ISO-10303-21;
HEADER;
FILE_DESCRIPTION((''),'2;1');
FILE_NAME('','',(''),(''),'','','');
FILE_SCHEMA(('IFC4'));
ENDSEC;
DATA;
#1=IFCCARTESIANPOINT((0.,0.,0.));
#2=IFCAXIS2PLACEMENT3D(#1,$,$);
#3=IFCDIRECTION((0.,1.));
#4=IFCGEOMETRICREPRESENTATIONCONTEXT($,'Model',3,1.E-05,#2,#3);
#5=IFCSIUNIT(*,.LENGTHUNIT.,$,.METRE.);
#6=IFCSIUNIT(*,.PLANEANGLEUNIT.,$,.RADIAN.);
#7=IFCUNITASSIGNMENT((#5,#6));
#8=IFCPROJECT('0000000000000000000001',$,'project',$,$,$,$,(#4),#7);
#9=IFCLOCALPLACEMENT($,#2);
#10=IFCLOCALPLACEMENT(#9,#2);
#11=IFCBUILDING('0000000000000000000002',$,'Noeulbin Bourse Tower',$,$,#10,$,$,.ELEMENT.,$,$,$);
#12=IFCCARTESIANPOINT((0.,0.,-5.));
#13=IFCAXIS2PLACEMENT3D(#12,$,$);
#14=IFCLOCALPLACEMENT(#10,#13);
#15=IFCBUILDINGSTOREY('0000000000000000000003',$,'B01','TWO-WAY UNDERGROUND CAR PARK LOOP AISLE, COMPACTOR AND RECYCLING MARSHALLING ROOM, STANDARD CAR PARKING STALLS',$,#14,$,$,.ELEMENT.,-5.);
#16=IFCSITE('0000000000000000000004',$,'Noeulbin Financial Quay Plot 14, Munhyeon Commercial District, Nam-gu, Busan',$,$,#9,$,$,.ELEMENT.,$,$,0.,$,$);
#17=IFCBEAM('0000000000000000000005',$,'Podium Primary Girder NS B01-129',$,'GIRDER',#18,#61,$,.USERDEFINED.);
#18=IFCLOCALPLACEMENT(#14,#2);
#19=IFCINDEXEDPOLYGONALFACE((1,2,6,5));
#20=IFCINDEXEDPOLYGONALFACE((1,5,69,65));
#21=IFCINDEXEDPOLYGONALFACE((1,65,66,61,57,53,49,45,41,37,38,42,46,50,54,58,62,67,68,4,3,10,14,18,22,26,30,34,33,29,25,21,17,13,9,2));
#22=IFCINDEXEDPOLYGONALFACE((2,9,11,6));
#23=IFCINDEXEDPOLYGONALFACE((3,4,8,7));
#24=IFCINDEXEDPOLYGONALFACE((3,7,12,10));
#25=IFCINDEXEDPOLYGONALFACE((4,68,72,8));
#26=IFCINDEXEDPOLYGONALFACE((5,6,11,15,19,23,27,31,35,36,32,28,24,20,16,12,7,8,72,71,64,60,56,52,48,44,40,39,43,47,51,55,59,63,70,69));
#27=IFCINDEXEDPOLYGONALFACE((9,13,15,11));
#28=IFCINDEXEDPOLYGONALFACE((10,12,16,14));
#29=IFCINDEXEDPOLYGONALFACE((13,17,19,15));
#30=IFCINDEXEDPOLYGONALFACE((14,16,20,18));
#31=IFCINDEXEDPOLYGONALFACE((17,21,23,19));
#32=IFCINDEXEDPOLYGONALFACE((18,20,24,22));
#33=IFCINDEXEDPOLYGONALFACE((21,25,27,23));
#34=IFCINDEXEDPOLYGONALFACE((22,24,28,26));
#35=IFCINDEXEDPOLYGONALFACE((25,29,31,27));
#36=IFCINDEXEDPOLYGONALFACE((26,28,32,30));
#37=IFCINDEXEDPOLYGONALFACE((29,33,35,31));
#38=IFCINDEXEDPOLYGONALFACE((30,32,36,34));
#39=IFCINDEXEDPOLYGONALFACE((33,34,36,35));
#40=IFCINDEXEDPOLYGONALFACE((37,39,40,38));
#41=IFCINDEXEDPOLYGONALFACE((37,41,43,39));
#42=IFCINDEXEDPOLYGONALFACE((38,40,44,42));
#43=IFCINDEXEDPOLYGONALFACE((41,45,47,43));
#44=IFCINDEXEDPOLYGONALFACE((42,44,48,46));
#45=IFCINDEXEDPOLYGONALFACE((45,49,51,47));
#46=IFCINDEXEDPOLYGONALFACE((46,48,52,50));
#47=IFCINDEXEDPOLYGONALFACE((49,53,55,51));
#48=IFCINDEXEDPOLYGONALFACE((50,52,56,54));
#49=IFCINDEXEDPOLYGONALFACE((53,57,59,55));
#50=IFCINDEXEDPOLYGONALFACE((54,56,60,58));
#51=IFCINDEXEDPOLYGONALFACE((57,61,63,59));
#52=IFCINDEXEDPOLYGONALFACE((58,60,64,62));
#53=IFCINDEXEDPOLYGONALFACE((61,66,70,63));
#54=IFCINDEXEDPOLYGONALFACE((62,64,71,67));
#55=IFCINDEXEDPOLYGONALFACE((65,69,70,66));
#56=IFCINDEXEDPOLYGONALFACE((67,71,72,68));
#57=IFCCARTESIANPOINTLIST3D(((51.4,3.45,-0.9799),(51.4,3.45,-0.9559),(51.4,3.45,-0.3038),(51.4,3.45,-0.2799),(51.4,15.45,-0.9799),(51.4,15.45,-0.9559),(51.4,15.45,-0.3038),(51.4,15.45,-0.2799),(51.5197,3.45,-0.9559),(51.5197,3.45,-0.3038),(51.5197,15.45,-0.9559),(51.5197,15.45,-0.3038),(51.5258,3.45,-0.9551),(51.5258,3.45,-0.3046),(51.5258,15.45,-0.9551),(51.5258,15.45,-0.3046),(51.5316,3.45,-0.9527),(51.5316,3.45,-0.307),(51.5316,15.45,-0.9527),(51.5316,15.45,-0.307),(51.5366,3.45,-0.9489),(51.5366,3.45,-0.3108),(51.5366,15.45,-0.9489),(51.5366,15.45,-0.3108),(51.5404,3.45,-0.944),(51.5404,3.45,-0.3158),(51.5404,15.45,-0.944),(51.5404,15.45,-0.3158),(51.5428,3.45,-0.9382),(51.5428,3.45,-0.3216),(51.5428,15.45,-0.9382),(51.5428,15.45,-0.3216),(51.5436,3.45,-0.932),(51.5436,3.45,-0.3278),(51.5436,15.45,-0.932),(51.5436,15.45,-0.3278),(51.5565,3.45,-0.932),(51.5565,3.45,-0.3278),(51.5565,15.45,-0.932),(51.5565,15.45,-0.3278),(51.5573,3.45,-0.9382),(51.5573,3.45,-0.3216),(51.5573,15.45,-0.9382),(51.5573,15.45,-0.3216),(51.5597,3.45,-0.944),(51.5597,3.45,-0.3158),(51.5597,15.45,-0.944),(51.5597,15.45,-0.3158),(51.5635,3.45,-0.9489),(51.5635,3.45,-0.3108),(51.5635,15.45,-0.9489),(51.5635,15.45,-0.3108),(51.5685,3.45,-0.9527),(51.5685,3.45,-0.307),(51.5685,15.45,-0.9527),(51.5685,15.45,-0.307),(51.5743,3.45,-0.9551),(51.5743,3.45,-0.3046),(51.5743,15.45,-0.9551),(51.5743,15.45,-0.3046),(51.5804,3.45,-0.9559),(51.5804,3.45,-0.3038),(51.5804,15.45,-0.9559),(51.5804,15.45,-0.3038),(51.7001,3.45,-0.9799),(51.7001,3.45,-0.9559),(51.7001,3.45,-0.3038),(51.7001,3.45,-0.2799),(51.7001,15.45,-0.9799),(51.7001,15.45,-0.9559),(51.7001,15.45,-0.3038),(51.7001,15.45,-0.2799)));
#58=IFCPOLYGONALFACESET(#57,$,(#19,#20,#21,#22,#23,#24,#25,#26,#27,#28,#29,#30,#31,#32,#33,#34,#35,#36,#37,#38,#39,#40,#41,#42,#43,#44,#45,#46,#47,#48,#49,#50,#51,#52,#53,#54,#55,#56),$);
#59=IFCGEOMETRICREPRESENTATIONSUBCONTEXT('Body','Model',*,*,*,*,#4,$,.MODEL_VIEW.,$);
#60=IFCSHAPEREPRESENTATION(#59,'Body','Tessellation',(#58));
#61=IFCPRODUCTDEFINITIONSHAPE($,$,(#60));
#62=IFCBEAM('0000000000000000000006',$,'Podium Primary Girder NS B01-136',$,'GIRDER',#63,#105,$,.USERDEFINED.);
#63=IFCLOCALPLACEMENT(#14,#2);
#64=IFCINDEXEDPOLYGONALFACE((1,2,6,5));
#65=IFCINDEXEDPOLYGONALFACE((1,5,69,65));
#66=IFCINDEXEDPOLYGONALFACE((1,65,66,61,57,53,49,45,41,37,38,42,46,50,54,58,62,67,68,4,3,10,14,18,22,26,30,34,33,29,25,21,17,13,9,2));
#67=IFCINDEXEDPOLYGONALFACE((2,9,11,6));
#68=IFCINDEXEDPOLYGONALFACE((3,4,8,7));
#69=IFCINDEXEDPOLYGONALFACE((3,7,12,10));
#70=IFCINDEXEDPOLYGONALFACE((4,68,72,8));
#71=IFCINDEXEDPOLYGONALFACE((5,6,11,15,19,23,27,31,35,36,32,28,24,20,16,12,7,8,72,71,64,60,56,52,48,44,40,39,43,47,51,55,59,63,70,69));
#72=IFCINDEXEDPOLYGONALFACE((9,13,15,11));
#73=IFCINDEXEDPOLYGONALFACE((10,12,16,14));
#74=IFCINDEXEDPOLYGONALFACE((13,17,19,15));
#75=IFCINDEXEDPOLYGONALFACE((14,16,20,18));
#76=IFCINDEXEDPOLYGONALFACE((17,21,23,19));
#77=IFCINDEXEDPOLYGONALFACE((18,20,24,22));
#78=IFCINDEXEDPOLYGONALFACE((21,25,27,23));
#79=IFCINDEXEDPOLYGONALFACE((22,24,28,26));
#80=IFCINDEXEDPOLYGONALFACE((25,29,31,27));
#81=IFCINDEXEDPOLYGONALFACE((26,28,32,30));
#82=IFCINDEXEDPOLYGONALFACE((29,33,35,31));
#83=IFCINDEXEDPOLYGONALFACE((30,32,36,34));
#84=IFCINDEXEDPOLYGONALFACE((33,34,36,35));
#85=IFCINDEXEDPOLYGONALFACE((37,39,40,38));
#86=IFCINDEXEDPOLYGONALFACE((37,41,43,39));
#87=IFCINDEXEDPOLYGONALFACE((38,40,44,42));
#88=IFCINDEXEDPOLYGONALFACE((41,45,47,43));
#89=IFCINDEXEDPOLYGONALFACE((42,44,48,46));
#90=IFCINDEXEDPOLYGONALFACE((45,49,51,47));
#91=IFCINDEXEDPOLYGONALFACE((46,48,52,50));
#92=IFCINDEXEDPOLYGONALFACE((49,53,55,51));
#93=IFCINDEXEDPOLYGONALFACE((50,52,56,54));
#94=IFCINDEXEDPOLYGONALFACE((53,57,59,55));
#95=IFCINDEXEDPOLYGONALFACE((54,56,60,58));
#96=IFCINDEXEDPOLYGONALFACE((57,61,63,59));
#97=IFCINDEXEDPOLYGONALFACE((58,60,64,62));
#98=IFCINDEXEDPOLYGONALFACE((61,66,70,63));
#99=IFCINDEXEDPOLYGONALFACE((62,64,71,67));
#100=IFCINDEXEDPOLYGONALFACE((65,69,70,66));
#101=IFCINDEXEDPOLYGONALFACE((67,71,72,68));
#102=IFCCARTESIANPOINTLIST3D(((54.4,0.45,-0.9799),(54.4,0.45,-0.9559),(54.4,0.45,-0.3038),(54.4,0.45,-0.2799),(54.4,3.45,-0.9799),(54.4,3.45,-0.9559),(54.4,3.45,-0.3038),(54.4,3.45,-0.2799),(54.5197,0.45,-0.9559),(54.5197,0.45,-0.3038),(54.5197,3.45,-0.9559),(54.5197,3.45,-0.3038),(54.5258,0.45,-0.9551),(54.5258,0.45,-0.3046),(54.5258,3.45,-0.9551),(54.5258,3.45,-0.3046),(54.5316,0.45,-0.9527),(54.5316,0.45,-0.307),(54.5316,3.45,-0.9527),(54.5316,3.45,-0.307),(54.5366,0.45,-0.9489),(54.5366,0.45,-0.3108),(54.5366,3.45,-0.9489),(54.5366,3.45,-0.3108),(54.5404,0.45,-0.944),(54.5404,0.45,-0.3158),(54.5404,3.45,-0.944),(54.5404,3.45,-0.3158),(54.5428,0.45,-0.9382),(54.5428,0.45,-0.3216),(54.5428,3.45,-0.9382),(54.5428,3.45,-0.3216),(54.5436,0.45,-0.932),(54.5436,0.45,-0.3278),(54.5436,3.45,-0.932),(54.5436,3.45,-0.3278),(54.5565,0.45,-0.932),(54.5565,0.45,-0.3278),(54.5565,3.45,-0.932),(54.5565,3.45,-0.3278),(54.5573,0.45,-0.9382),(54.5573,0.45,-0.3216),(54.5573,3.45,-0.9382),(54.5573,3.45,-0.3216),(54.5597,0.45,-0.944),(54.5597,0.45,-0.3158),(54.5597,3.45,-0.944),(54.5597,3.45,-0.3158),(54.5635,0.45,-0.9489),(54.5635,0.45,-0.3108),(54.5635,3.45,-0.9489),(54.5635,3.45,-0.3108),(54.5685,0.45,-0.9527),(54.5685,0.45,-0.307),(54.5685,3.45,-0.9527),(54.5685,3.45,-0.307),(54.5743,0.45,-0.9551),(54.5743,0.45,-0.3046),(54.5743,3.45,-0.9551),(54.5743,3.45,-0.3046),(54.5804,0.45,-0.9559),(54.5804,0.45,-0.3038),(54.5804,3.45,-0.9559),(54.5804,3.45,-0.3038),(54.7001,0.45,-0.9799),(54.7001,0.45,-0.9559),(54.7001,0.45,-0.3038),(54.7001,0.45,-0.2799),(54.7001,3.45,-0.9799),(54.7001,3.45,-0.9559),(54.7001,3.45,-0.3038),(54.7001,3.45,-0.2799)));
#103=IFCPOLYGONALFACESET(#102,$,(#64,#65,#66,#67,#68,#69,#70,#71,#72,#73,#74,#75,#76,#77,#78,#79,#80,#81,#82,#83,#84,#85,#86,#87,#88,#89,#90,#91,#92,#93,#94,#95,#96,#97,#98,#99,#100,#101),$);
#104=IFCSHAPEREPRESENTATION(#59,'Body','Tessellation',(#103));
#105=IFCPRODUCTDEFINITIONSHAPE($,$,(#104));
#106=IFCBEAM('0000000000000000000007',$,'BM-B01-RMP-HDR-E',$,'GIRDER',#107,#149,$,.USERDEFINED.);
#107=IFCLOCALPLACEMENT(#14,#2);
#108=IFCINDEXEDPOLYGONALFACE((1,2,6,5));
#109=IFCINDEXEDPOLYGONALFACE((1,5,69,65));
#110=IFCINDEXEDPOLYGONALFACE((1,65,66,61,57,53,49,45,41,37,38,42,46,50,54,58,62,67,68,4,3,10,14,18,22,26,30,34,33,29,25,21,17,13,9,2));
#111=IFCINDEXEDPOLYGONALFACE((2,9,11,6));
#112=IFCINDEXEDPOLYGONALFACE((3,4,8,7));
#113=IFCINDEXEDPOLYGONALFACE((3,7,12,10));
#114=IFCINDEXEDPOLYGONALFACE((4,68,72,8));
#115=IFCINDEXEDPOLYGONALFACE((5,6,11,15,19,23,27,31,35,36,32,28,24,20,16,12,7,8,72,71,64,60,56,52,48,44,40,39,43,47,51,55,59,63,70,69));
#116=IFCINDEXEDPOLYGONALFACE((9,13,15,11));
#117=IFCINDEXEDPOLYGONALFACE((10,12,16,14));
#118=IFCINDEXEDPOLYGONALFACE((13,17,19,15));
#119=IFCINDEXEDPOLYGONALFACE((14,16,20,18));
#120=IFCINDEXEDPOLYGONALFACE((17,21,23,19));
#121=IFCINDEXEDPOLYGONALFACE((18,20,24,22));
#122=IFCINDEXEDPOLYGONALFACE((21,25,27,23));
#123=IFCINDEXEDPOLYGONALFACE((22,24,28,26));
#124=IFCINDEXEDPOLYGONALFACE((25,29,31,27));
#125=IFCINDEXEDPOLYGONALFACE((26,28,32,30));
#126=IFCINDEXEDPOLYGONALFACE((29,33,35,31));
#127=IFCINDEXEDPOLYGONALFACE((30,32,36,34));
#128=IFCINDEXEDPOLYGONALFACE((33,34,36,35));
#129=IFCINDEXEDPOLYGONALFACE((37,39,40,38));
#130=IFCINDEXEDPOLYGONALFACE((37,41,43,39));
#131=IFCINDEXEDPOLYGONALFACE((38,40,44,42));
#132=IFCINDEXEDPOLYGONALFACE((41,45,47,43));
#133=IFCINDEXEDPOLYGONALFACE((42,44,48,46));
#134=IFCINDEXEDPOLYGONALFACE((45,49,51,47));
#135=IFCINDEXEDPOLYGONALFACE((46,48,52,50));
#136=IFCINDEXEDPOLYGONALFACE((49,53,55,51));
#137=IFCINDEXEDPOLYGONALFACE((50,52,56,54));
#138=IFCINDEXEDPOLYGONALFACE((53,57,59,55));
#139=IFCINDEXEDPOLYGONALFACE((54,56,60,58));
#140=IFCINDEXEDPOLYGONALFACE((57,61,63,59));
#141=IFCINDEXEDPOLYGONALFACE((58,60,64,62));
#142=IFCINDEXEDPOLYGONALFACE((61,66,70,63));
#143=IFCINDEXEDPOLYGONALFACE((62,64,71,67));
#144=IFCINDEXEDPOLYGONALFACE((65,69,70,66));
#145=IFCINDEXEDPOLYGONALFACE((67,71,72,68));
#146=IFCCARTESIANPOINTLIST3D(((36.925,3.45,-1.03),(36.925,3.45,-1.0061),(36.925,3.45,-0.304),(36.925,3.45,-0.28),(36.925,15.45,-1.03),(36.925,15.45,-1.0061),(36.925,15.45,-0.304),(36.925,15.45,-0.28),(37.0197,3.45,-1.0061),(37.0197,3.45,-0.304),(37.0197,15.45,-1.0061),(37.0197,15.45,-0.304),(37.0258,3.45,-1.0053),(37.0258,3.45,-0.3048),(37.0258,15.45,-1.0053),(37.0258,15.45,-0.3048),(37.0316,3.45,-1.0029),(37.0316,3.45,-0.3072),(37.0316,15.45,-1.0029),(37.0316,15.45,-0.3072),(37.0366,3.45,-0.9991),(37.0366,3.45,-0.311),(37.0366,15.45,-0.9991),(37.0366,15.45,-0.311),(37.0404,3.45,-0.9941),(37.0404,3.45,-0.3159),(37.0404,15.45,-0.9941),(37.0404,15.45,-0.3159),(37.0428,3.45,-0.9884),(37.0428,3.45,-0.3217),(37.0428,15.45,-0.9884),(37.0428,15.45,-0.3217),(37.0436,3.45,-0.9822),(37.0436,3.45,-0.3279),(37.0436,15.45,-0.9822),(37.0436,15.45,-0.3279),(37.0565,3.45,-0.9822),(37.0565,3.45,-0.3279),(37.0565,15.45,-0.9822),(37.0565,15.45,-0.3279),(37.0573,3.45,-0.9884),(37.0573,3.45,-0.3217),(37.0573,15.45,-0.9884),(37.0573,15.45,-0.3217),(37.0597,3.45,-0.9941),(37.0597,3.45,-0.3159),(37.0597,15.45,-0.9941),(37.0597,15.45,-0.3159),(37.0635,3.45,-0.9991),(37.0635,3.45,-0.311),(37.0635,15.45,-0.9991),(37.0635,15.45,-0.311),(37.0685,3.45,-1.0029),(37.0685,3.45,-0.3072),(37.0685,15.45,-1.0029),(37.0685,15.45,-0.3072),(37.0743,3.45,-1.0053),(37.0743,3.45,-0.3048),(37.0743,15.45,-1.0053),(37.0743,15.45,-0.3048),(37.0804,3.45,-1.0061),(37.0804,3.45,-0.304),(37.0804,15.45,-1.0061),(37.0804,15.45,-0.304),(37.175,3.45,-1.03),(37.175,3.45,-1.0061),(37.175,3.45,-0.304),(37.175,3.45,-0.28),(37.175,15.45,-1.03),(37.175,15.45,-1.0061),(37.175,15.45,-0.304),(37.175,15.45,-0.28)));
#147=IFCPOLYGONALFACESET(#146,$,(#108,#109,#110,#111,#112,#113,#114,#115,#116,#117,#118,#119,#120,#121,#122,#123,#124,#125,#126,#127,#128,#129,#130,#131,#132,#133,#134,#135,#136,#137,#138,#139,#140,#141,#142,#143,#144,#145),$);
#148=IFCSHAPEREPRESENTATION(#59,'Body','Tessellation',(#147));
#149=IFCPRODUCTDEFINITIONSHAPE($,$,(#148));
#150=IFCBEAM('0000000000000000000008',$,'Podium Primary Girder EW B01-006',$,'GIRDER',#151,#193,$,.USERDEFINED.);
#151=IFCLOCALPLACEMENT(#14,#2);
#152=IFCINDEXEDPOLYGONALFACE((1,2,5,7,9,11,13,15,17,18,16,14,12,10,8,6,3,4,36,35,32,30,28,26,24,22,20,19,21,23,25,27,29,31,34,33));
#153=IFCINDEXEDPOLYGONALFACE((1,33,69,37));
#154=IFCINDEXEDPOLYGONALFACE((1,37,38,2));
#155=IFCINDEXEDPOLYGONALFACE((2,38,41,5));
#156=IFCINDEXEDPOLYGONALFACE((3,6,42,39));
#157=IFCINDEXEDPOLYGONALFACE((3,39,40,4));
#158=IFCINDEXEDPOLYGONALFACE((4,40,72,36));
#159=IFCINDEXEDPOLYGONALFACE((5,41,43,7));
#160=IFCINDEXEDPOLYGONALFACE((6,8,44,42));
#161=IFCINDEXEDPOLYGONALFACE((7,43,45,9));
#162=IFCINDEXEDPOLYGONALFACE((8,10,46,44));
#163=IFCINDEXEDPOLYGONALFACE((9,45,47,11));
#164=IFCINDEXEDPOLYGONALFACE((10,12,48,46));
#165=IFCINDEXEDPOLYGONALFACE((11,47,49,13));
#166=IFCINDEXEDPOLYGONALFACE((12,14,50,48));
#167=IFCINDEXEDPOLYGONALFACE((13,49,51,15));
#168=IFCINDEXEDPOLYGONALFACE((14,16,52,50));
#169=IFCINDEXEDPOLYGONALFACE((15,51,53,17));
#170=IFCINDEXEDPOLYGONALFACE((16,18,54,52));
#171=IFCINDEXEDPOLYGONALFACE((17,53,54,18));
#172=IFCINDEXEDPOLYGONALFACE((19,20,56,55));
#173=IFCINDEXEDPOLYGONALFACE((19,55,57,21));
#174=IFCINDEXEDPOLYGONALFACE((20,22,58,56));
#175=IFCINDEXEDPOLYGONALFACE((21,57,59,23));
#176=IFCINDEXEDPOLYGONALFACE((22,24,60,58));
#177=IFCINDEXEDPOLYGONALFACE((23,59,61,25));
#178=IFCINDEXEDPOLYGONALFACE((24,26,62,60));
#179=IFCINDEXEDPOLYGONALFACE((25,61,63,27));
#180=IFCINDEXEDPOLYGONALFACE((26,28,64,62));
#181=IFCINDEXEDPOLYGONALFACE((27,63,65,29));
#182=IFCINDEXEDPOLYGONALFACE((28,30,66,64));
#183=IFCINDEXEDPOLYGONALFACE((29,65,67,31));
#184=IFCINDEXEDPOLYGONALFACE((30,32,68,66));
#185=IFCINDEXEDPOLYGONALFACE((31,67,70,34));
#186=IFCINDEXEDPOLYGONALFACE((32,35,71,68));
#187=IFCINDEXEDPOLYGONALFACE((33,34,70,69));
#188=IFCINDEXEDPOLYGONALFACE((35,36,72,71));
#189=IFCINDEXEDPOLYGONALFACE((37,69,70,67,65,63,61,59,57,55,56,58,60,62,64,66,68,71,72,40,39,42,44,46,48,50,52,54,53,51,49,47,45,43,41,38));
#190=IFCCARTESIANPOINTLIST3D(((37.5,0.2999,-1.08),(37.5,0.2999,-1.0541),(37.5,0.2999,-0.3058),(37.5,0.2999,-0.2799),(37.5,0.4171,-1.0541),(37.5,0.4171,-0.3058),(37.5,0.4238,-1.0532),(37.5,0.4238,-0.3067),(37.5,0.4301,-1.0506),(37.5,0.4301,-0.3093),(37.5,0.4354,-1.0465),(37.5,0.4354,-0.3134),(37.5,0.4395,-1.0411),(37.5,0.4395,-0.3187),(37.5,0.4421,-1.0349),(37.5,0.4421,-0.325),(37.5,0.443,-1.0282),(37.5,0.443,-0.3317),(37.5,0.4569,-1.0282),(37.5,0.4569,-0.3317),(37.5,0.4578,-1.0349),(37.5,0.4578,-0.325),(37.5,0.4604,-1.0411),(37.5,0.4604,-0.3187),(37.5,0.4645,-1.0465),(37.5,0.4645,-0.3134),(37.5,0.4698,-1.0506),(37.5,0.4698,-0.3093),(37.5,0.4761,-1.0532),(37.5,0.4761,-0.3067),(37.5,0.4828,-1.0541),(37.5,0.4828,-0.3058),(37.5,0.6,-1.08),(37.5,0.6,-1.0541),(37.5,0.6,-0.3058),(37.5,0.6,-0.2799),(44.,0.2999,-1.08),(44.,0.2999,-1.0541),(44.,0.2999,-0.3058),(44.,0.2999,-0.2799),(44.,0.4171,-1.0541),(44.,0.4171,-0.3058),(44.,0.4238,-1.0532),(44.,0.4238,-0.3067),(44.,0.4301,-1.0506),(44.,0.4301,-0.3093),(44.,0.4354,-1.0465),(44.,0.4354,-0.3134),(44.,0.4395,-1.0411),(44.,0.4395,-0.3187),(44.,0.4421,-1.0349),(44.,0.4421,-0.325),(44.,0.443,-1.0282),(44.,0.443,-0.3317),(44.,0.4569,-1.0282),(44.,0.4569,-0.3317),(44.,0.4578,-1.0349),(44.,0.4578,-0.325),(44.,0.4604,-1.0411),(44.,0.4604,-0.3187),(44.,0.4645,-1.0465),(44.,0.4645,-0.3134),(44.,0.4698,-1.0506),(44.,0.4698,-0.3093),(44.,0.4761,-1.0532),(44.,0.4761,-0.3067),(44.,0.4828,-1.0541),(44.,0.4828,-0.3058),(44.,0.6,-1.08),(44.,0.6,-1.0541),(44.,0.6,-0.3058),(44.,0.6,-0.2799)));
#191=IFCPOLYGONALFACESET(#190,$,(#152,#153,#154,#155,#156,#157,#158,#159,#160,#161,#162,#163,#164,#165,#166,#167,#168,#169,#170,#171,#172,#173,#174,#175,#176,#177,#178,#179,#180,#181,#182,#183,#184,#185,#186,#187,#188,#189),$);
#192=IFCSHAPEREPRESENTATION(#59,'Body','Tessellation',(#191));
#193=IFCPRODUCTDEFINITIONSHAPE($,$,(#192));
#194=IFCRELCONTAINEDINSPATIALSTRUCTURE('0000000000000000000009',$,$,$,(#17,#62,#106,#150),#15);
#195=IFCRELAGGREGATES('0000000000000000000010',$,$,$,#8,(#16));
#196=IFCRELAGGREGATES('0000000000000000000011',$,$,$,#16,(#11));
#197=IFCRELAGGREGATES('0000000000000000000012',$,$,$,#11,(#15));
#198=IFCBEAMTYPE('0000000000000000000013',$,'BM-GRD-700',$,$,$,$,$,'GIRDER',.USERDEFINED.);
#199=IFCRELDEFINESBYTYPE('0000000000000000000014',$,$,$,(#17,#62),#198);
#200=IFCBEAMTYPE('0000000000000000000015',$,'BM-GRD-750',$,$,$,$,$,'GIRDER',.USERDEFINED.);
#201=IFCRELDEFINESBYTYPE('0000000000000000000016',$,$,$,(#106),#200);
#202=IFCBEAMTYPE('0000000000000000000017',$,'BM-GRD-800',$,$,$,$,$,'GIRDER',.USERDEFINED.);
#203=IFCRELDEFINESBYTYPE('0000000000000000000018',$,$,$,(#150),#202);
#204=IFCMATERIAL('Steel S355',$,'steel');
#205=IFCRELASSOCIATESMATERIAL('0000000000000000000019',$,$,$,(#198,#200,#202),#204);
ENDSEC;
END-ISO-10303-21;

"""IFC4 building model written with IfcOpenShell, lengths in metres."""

from ifc_helpers import new_model, si_unit, direction, frame, origin, origin_2d, place, context, subcontext, project, spatial, i_section, extrude, material, material_profile, profile_set, type_object, element, save


model = new_model("IFC4")

# Units and contexts
model_context = context("Model", 3, precision=1e-05, world=origin(), true_north=direction((0.0, 1.0)))
body_context = subcontext(model_context, "Body", "Model", "MODEL_VIEW")
ifc_project = project(units=[si_unit("LENGTHUNIT", "METRE"), si_unit("PLANEANGLEUNIT", "RADIAN")], contexts=[model_context])

# Site, building, storey
site_placement = place(None, origin())
site = spatial("IfcSite", under=ifc_project, at=site_placement, Name="Noeulbin Financial Quay Plot 14, Munhyeon Commercial District, Nam-gu, Busan", CompositionType="ELEMENT", RefElevation=0.0)
building_placement = place(site_placement, origin())
building = spatial("IfcBuilding", under=site, at=building_placement, Name="Noeulbin Bourse Tower", CompositionType="ELEMENT")
storey_placement = place(building_placement, frame((0.0, 0.0, -5.0)))
storey = spatial("IfcBuildingStorey", under=building, at=storey_placement, Name="B01", Description="TWO-WAY UNDERGROUND CAR PARK LOOP AISLE, COMPACTOR AND RECYCLING MARSHALLING ROOM, STANDARD CAR PARKING STALLS", CompositionType="ELEMENT", Elevation=-5.0)

# Beams
ifc_material_1 = material(Name="Steel S355", Category="steel")
ifc_material_profile_1 = material_profile(ifc_material_1, i_section(OverallWidth=0.3, OverallDepth=0.7, WebThickness=0.0129, FlangeThickness=0.0239, FilletRadius=0.0239, at=origin_2d()), Name="H-700x300x13x24", Category="LoadBearing")
ifc_profile_set_1 = profile_set([ifc_material_profile_1], Name="Steel S355")
beam_type_1 = type_object("IfcBeamType", Name="BM-GRD-700", ElementType="GIRDER", PredefinedType="USERDEFINED", material=ifc_profile_set_1)
beam_1_placement = place(storey_placement, frame((51.55, 3.45, -0.6299), z_axis=(0.0, 1.0, 0.0), x_axis=(-1.0, 0.0, 0.0)))
element("IfcBeam", 1, at=beam_1_placement, inside=storey, type_object=beam_type_1, Name="Podium Primary Girder NS B01-129", ObjectType="GIRDER", PredefinedType="USERDEFINED", context=body_context, shape_type="SweptSolid", body=[
    extrude(i_section(OverallWidth=0.3, OverallDepth=0.7, WebThickness=0.0129, FlangeThickness=0.0239, FilletRadius=0.0239, at=origin_2d()), origin(), (0.0, 0.0, 1.0), 12.0),
])
beam_2_placement = place(storey_placement, frame((54.55, 0.45, -0.6299), z_axis=(0.0, 1.0, 0.0), x_axis=(-1.0, 0.0, 0.0)))
element("IfcBeam", 2, at=beam_2_placement, inside=storey, type_object=beam_type_1, Name="Podium Primary Girder NS B01-136", ObjectType="GIRDER", PredefinedType="USERDEFINED", context=body_context, shape_type="SweptSolid", body=[
    extrude(i_section(OverallWidth=0.3, OverallDepth=0.7, WebThickness=0.0129, FlangeThickness=0.0239, FilletRadius=0.0239, at=origin_2d()), origin(), (0.0, 0.0, 1.0), 3.0),
])
ifc_material_profile_2 = material_profile(ifc_material_1, i_section(OverallWidth=0.25, OverallDepth=0.75, WebThickness=0.0129, FlangeThickness=0.0239, FilletRadius=0.0239, at=origin_2d()), Name="H-750x250x13x24", Category="LoadBearing")
ifc_profile_set_2 = profile_set([ifc_material_profile_2], Name="Steel S355")
beam_type_2 = type_object("IfcBeamType", Name="BM-GRD-750", ElementType="GIRDER", PredefinedType="USERDEFINED", material=ifc_profile_set_2)
beam_3_placement = place(storey_placement, frame((37.05, 3.45, -0.655), z_axis=(0.0, 1.0, 0.0), x_axis=(-1.0, 0.0, 0.0)))
element("IfcBeam", 3, at=beam_3_placement, inside=storey, type_object=beam_type_2, Name="BM-B01-RMP-HDR-E", ObjectType="GIRDER", PredefinedType="USERDEFINED", context=body_context, shape_type="SweptSolid", body=[
    extrude(i_section(OverallWidth=0.25, OverallDepth=0.75, WebThickness=0.0129, FlangeThickness=0.0239, FilletRadius=0.0239, at=origin_2d()), origin(), (0.0, 0.0, 1.0), 12.0),
])
ifc_material_profile_3 = material_profile(ifc_material_1, i_section(OverallWidth=0.3, OverallDepth=0.8, WebThickness=0.0139, FlangeThickness=0.0259, FilletRadius=0.0259, at=origin_2d()), Name="H-800x300x14x26", Category="LoadBearing")
ifc_profile_set_3 = profile_set([ifc_material_profile_3], Name="Steel S355")
beam_type_3 = type_object("IfcBeamType", Name="BM-GRD-800", ElementType="GIRDER", PredefinedType="USERDEFINED", material=ifc_profile_set_3)
beam_4_placement = place(storey_placement, frame((37.5, 0.45, -0.6799), z_axis=(1.0, 0.0, 0.0), x_axis=(0.0, 1.0, 0.0)))
element("IfcBeam", 4, at=beam_4_placement, inside=storey, type_object=beam_type_3, Name="Podium Primary Girder EW B01-006", ObjectType="GIRDER", PredefinedType="USERDEFINED", context=body_context, shape_type="SweptSolid", body=[
    extrude(i_section(OverallWidth=0.3, OverallDepth=0.8, WebThickness=0.0139, FlangeThickness=0.0259, FilletRadius=0.0259, at=origin_2d()), origin(), (0.0, 0.0, 1.0), 6.5),
])

save(model, "model.ifc")
